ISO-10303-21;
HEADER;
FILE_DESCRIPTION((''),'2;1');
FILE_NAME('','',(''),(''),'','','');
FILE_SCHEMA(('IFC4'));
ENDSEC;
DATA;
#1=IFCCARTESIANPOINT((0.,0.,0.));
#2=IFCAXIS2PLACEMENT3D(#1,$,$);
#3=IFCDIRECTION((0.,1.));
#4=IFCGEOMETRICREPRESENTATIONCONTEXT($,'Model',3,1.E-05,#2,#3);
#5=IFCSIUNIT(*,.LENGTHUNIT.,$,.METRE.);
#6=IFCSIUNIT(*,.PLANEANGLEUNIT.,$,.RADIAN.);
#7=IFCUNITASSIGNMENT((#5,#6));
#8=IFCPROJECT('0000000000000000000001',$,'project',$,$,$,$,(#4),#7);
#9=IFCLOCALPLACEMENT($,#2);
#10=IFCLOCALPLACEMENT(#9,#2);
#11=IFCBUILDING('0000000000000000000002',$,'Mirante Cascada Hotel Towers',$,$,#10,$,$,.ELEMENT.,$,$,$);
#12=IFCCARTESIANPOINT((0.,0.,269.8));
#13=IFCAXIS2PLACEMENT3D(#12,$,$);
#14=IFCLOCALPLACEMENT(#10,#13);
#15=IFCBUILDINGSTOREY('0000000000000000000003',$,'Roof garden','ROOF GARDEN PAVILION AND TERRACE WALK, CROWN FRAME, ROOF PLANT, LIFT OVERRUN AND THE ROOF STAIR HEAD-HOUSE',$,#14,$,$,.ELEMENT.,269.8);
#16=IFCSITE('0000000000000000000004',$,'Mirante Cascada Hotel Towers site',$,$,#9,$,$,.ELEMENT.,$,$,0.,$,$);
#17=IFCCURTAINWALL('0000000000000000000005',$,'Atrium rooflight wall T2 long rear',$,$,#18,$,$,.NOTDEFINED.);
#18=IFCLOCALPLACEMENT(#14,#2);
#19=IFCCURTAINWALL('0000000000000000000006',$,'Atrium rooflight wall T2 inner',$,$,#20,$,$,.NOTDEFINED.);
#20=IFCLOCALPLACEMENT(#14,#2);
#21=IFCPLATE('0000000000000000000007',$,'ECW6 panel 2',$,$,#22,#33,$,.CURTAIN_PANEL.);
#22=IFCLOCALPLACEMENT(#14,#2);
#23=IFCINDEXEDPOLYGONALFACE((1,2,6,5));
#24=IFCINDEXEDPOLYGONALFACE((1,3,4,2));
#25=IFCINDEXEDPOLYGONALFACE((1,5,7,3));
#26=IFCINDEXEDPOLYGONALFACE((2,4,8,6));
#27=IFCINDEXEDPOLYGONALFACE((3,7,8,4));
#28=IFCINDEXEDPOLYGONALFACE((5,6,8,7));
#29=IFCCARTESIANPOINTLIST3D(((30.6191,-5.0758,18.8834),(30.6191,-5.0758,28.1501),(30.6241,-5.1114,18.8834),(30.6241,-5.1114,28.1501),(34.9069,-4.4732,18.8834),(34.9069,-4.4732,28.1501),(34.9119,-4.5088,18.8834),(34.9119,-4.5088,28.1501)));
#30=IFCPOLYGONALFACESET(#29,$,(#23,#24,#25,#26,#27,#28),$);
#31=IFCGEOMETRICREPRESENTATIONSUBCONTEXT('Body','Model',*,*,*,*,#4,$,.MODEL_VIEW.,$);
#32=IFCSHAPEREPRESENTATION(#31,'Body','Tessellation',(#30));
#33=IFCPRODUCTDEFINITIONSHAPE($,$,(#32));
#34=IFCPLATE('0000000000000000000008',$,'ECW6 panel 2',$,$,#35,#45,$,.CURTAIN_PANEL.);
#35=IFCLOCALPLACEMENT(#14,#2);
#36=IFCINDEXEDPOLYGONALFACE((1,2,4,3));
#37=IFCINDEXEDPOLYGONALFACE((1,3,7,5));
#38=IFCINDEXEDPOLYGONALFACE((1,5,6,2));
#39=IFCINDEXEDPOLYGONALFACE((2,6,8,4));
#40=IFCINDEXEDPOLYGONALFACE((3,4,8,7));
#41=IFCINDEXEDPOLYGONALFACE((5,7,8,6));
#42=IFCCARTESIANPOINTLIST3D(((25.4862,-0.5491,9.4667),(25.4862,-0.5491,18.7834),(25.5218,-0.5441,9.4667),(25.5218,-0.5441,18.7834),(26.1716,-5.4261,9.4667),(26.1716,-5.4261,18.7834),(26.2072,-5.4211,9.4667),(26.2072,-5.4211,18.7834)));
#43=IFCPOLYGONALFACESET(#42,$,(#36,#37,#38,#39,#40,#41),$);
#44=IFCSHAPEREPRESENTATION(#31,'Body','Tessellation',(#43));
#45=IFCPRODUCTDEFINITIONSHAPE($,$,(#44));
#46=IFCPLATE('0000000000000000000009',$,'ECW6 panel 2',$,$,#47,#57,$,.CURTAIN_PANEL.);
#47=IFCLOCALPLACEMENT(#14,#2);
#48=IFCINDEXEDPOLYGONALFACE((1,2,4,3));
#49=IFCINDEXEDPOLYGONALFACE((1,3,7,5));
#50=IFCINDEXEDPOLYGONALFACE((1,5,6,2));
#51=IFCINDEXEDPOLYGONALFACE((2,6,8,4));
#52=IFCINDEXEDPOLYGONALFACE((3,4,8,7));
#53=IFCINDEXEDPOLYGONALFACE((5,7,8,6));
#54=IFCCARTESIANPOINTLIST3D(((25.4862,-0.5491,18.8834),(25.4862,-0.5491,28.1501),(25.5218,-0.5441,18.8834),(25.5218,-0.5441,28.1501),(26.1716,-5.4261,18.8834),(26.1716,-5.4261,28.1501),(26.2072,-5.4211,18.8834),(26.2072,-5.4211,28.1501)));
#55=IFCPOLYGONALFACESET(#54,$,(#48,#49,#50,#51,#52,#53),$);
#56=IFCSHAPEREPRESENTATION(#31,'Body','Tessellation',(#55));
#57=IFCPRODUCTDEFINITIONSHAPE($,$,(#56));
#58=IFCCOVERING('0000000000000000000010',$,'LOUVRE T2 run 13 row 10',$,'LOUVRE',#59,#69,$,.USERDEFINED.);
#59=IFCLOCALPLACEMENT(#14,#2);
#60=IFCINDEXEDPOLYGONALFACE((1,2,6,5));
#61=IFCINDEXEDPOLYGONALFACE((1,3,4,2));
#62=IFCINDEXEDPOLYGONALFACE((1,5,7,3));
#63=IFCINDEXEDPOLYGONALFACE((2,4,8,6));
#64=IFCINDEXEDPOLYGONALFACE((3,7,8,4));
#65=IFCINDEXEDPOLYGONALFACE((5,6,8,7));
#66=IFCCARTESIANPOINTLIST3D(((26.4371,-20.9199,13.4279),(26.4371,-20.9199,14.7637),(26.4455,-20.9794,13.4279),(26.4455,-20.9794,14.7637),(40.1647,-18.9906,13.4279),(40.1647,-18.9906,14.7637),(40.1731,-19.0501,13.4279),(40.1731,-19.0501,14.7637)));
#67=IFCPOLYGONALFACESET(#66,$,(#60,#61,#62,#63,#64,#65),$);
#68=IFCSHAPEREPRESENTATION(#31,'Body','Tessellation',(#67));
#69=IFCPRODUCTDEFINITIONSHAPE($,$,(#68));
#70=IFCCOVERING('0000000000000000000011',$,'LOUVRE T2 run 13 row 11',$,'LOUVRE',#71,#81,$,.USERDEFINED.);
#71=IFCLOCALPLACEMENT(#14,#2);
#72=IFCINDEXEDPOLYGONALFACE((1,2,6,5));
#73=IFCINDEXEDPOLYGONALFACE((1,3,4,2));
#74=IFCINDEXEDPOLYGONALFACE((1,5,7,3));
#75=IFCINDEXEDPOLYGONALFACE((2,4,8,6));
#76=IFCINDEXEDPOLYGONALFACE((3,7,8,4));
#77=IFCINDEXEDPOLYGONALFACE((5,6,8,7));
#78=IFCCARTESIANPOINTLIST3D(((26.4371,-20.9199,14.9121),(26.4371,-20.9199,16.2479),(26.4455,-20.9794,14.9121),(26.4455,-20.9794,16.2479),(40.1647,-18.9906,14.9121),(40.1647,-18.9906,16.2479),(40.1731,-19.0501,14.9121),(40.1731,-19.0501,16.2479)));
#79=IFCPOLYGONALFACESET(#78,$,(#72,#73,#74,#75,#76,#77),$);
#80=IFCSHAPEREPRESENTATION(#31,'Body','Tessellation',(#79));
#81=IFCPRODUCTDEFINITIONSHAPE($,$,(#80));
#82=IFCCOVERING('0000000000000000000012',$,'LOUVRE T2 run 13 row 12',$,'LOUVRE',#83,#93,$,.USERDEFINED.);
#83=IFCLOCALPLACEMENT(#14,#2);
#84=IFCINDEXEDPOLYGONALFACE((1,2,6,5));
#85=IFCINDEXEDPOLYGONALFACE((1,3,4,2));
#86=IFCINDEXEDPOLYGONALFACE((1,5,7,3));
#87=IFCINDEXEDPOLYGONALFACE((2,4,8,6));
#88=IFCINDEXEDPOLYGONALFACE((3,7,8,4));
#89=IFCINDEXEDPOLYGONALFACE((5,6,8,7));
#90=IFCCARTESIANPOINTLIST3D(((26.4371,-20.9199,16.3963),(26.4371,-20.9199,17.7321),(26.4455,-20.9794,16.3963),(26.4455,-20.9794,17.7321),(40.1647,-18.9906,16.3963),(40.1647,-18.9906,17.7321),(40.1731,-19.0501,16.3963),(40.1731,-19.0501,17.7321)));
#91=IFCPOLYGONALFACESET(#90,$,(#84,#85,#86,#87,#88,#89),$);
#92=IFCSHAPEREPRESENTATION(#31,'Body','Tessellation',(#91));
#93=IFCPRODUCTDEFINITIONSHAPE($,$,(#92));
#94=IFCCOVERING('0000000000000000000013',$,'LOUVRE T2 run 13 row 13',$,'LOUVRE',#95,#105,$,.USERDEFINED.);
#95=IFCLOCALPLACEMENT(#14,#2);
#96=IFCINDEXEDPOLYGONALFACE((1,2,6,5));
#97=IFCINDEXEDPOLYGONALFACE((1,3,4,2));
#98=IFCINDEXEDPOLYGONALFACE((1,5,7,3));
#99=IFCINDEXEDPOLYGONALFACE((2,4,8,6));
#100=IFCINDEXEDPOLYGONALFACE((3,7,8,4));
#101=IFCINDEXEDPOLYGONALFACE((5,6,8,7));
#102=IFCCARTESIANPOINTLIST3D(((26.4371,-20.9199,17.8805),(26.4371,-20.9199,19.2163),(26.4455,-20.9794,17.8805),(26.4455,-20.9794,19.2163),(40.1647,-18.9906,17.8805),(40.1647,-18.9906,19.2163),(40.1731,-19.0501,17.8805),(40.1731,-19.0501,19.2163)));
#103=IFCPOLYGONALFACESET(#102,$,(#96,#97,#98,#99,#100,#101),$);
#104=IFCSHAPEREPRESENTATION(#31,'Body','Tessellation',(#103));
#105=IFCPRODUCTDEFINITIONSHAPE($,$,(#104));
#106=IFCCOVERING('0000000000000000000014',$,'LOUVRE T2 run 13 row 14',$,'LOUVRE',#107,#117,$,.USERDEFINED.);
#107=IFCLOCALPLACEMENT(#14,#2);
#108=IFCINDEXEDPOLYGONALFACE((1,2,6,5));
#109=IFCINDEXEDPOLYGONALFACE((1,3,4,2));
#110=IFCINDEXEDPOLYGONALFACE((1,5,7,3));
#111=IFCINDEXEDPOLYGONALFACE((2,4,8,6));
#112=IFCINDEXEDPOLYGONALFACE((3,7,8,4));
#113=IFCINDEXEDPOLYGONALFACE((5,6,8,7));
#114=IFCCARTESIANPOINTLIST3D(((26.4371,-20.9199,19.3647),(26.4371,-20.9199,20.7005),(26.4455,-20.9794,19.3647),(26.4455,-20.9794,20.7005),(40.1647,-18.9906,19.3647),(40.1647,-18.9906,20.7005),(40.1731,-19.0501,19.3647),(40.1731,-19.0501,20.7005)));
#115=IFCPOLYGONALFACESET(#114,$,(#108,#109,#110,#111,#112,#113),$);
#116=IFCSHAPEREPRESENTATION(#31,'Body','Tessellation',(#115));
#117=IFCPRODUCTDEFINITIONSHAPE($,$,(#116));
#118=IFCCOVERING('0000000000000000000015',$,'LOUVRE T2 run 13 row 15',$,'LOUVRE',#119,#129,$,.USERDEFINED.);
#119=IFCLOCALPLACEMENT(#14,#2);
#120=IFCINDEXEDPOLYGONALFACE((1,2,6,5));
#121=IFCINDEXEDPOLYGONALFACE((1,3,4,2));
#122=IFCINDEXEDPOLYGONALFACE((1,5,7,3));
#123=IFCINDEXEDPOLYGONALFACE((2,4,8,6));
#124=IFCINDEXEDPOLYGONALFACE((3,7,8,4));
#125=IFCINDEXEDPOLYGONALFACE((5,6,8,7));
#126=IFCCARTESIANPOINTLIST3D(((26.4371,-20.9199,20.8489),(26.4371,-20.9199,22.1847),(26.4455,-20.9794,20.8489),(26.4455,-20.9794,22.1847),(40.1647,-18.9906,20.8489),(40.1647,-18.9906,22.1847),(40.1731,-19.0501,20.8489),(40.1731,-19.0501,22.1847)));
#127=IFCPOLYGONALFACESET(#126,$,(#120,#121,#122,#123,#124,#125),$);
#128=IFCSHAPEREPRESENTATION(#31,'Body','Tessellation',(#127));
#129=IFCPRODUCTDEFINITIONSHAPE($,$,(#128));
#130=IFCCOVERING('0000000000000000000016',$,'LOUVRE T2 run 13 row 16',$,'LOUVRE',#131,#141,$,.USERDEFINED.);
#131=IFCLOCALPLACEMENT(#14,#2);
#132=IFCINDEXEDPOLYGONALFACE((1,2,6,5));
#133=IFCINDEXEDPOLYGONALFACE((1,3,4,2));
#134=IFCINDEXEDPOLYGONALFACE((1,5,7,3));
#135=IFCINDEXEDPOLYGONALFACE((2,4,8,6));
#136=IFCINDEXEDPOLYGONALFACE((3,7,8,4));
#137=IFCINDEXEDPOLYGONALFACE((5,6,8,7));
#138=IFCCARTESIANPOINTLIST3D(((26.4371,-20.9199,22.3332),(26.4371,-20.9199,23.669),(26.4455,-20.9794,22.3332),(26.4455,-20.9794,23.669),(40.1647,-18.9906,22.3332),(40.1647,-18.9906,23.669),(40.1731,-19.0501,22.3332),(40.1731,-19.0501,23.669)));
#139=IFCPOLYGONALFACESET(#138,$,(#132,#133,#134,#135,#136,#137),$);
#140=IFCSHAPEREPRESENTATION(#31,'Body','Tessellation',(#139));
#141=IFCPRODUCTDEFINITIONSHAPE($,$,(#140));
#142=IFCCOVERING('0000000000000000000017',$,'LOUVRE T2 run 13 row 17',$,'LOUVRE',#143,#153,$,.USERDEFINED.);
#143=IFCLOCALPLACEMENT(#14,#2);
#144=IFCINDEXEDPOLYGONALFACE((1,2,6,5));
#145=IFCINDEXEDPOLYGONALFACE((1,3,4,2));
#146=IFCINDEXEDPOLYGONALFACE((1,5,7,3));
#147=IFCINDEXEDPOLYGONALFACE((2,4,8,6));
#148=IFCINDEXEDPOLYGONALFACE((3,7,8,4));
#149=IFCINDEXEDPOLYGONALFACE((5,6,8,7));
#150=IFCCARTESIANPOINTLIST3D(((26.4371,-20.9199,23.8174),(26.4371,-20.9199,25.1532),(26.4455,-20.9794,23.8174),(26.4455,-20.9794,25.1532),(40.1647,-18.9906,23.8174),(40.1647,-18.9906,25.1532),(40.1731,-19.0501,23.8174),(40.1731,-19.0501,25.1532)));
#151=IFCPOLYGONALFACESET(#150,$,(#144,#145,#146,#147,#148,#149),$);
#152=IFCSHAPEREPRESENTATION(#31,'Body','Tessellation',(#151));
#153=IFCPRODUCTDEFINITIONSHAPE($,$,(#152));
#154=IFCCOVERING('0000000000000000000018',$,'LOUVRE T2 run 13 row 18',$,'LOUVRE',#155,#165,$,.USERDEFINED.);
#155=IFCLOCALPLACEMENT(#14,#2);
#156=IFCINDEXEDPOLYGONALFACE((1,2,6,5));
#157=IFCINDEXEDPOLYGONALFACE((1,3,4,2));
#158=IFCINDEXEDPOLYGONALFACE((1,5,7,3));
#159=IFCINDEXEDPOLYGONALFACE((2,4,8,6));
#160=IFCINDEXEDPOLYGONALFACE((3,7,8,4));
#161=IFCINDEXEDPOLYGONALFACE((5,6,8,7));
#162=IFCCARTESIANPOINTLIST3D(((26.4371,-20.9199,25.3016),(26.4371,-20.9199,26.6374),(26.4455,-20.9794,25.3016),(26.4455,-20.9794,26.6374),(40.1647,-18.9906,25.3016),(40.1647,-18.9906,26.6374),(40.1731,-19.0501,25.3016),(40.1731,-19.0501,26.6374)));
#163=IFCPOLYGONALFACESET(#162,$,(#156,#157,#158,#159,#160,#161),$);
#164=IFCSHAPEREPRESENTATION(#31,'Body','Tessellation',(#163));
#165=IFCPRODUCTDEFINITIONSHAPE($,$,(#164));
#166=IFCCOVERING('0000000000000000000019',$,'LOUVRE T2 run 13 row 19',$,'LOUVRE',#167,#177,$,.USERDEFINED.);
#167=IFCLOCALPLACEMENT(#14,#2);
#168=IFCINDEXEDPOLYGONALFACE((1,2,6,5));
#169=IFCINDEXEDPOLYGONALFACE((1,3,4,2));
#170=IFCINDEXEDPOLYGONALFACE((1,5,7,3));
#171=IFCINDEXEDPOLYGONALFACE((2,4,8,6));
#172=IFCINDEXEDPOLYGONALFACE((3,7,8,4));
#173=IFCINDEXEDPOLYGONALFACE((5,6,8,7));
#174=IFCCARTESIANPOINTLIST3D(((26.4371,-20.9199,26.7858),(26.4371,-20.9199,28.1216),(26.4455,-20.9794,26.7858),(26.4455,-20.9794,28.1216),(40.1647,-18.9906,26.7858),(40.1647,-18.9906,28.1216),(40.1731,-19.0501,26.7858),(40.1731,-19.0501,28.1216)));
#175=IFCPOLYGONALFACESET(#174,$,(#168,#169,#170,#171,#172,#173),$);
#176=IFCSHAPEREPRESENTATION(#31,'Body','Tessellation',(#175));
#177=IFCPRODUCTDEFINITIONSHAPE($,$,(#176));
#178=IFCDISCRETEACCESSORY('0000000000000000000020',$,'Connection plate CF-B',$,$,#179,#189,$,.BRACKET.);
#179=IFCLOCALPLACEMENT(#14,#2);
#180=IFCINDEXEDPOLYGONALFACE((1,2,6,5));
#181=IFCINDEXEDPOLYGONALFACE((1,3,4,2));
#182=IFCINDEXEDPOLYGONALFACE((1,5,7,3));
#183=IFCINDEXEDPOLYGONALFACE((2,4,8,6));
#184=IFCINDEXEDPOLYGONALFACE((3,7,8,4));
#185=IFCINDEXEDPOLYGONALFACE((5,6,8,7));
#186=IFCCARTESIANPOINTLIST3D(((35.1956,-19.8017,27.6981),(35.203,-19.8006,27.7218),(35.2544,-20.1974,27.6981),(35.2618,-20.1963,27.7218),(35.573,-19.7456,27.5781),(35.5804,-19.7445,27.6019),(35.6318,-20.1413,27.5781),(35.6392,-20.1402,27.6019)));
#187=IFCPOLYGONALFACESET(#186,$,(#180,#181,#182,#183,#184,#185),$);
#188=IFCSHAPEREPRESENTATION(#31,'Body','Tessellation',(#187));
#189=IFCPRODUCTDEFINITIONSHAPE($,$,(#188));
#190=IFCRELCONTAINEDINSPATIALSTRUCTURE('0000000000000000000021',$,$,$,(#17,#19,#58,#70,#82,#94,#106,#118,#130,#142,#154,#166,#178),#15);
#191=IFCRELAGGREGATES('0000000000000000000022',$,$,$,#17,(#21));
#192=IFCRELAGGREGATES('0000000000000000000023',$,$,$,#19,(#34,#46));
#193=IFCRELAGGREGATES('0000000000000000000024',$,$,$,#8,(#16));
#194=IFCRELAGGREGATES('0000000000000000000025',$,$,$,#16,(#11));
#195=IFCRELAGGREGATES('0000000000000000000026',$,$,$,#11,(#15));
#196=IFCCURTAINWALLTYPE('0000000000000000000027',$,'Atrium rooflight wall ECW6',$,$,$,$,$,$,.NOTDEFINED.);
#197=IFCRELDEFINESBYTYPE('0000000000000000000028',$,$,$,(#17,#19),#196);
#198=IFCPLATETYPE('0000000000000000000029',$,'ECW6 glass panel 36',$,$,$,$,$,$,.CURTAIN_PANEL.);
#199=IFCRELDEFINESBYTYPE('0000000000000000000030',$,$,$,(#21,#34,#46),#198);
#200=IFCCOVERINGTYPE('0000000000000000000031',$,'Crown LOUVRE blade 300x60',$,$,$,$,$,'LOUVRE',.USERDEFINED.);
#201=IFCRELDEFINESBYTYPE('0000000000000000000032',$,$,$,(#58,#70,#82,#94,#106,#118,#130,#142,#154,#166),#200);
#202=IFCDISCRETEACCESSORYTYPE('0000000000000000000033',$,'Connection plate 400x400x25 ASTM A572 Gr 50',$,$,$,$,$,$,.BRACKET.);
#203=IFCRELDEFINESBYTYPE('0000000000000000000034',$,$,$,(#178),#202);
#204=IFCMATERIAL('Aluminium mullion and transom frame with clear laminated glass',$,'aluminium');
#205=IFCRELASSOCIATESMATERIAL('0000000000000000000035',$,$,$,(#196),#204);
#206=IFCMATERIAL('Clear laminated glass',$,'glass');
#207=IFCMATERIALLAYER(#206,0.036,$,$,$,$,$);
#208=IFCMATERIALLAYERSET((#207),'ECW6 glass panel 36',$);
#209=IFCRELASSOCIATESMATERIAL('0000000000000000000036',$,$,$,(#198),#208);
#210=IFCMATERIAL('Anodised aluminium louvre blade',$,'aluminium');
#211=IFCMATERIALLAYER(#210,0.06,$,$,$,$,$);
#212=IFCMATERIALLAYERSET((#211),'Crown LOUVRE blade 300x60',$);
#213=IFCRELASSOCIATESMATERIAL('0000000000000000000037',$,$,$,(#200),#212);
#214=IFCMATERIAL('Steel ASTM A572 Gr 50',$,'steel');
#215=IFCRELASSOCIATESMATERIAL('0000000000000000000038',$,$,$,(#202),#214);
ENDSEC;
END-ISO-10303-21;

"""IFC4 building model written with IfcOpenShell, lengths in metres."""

from ifc_helpers import new_model, si_unit, direction, frame, origin, origin_2d, place, context, subcontext, project, spatial, rectangle, extrude, material, layer, layer_set, material_profile, profile_set, type_object, element, aggregate, save


model = new_model("IFC4")

# Units and contexts
model_context = context("Model", 3, precision=1e-05, world=origin(), true_north=direction((0.0, 1.0)))
body_context = subcontext(model_context, "Body", "Model", "MODEL_VIEW")
ifc_project = project(units=[si_unit("LENGTHUNIT", "METRE"), si_unit("PLANEANGLEUNIT", "RADIAN")], contexts=[model_context])

# Site, building, storey
site_placement = place(None, origin())
site = spatial("IfcSite", under=ifc_project, at=site_placement, Name="Mirante Cascada Hotel Towers site", CompositionType="ELEMENT", RefElevation=0.0)
building_placement = place(site_placement, origin())
building = spatial("IfcBuilding", under=site, at=building_placement, Name="Mirante Cascada Hotel Towers", CompositionType="ELEMENT")
storey_placement = place(building_placement, frame((0.0, 0.0, 269.8)))
storey = spatial("IfcBuildingStorey", under=building, at=storey_placement, Name="Roof garden", Description="ROOF GARDEN PAVILION AND TERRACE WALK, CROWN FRAME, ROOF PLANT, LIFT OVERRUN AND THE ROOF STAIR HEAD-HOUSE", CompositionType="ELEMENT", Elevation=269.8)

# Curtain walls
ifc_material_1 = material(Name="Aluminium mullion and transom frame with clear laminated glass", Category="aluminium")
curtain_wall_type = type_object("IfcCurtainWallType", Name="Atrium rooflight wall ECW6", PredefinedType="NOTDEFINED", material=ifc_material_1)
curtain_wall_1_placement = place(storey_placement, origin())
curtain_wall_1 = element("IfcCurtainWall", 1, at=curtain_wall_1_placement, inside=storey, type_object=curtain_wall_type, Name="Atrium rooflight wall T2 long rear", PredefinedType="NOTDEFINED")
curtain_wall_2_placement = place(storey_placement, origin())
curtain_wall_2 = element("IfcCurtainWall", 2, at=curtain_wall_2_placement, inside=storey, type_object=curtain_wall_type, Name="Atrium rooflight wall T2 inner", PredefinedType="NOTDEFINED")

# Plates
ifc_material_2 = material(Name="Clear laminated glass", Category="glass")
ifc_layer_1 = layer(ifc_material_2, 0.036)
ifc_layer_set_1 = layer_set([ifc_layer_1], Name="ECW6 glass panel 36")
plate_type = type_object("IfcPlateType", Name="ECW6 glass panel 36", PredefinedType="CURTAIN_PANEL", material=ifc_layer_set_1)
plate_1_placement = place(storey_placement, frame((32.7655, -4.7923, 18.8834), z_axis=(0.0, 0.0, 1.0), x_axis=(0.990268, 0.139173, 0.0)))
plate_1 = element("IfcPlate", 3, at=plate_1_placement, type_object=plate_type, Name="ECW6 panel 2", PredefinedType="CURTAIN_PANEL", context=body_context, shape_type="SweptSolid", body=[
    extrude(rectangle(XDim=4.33, YDim=0.036, at=origin_2d()), origin(), (0.0, 0.0, 1.0), 9.2667),
])
aggregate(curtain_wall_1, [plate_1])
plate_2_placement = place(storey_placement, frame((25.8467, -2.9851, 9.4667), z_axis=(0.0, 0.0, 1.0), x_axis=(0.139173, -0.990268, 0.0)))
plate_2 = element("IfcPlate", 4, at=plate_2_placement, type_object=plate_type, Name="ECW6 panel 2", PredefinedType="CURTAIN_PANEL", context=body_context, shape_type="SweptSolid", body=[
    extrude(rectangle(XDim=4.925, YDim=0.036, at=origin_2d()), origin(), (0.0, 0.0, 1.0), 9.3167),
])
plate_3_placement = place(storey_placement, frame((25.8467, -2.9851, 18.8834), z_axis=(0.0, 0.0, 1.0), x_axis=(0.139173, -0.990268, 0.0)))
plate_3 = element("IfcPlate", 5, at=plate_3_placement, type_object=plate_type, Name="ECW6 panel 2", PredefinedType="CURTAIN_PANEL", context=body_context, shape_type="SweptSolid", body=[
    extrude(rectangle(XDim=4.925, YDim=0.036, at=origin_2d()), origin(), (0.0, 0.0, 1.0), 9.2667),
])
aggregate(curtain_wall_2, [plate_2, plate_3])

# Coverings
ifc_material_3 = material(Name="Anodised aluminium louvre blade", Category="aluminium")
ifc_layer_2 = layer(ifc_material_3, 0.06)
ifc_layer_set_2 = layer_set([ifc_layer_2], Name="Crown LOUVRE blade 300x60")
covering_type = type_object("IfcCoveringType", Name="Crown LOUVRE blade 300x60", ElementType="LOUVRE", PredefinedType="USERDEFINED", material=ifc_layer_set_2)
for number, where, z_axis, x_axis, name in (
    (6, (33.3051, -19.985, 13.4279), (0.0, 0.0, 1.0), (-0.990268, -0.139173, 0.0), "LOUVRE T2 run 13 row 10"),
    (7, (33.3051, -19.985, 14.9121), (0.0, 0.0, 1.0), (-0.990268, -0.139173, 0.0), "LOUVRE T2 run 13 row 11"),
    (8, (33.3051, -19.985, 16.3963), (0.0, 0.0, 1.0), (-0.990268, -0.139173, 0.0), "LOUVRE T2 run 13 row 12"),
    (9, (33.3051, -19.985, 17.8805), (0.0, 0.0, 1.0), (-0.990268, -0.139173, 0.0), "LOUVRE T2 run 13 row 13"),
    (10, (33.3051, -19.985, 19.3647), (0.0, 0.0, 1.0), (-0.990268, -0.139173, 0.0), "LOUVRE T2 run 13 row 14"),
    (11, (33.3051, -19.985, 20.8489), (0.0, 0.0, 1.0), (-0.990268, -0.139173, 0.0), "LOUVRE T2 run 13 row 15"),
    (12, (33.3051, -19.985, 22.3332), (0.0, 0.0, 1.0), (-0.990268, -0.139173, 0.0), "LOUVRE T2 run 13 row 16"),
    (13, (33.3051, -19.985, 23.8174), (0.0, 0.0, 1.0), (-0.990268, -0.139173, 0.0), "LOUVRE T2 run 13 row 17"),
    (14, (33.3051, -19.985, 25.3016), (0.0, 0.0, 1.0), (-0.990268, -0.139173, 0.0), "LOUVRE T2 run 13 row 18"),
    (15, (33.3051, -19.985, 26.7858), (0.0, 0.0, 1.0), (-0.990268, -0.139173, 0.0), "LOUVRE T2 run 13 row 19"),
):
    element("IfcCovering", number, at=place(storey_placement, frame(where, z_axis=z_axis, x_axis=x_axis)), inside=storey, type_object=covering_type, Name=name, ObjectType="LOUVRE", PredefinedType="USERDEFINED", context=body_context, shape_type="SweptSolid", body=[
        extrude(rectangle(XDim=13.8625, YDim=0.06, at=origin_2d()), origin(), (0.0, 0.0, 1.0), 1.3358),
    ])

# Discrete accessory
ifc_material_4 = material(Name="Steel ASTM A572 Gr 50", Category="steel")
ifc_material_profile_1 = material_profile(ifc_material_4, rectangle(XDim=0.4, YDim=0.4, at=origin_2d()), Name="Connection plate 400x400x25 ASTM A572 Gr 50")
ifc_profile_set_1 = profile_set([ifc_material_profile_1], Name="Steel ASTM A572 Gr 50")
discrete_accessory_type = type_object("IfcDiscreteAccessoryType", Name="Connection plate 400x400x25 ASTM A572 Gr 50", PredefinedType="BRACKET", material=ifc_profile_set_1)
discrete_accessory_placement = place(storey_placement, frame((35.4137, -19.9715, 27.6381), z_axis=(0.296615, 0.044091, 0.953979), x_axis=(-0.147033, 0.989132, 0.0)))
element("IfcDiscreteAccessory", 16, at=discrete_accessory_placement, inside=storey, type_object=discrete_accessory_type, Name="Connection plate CF-B", PredefinedType="BRACKET", context=body_context, shape_type="SweptSolid", body=[
    extrude(rectangle(XDim=0.4, YDim=0.4, at=origin_2d()), origin(), (0.0, 0.0, 1.0), 0.0249),
])

save(model, "model.ifc")
